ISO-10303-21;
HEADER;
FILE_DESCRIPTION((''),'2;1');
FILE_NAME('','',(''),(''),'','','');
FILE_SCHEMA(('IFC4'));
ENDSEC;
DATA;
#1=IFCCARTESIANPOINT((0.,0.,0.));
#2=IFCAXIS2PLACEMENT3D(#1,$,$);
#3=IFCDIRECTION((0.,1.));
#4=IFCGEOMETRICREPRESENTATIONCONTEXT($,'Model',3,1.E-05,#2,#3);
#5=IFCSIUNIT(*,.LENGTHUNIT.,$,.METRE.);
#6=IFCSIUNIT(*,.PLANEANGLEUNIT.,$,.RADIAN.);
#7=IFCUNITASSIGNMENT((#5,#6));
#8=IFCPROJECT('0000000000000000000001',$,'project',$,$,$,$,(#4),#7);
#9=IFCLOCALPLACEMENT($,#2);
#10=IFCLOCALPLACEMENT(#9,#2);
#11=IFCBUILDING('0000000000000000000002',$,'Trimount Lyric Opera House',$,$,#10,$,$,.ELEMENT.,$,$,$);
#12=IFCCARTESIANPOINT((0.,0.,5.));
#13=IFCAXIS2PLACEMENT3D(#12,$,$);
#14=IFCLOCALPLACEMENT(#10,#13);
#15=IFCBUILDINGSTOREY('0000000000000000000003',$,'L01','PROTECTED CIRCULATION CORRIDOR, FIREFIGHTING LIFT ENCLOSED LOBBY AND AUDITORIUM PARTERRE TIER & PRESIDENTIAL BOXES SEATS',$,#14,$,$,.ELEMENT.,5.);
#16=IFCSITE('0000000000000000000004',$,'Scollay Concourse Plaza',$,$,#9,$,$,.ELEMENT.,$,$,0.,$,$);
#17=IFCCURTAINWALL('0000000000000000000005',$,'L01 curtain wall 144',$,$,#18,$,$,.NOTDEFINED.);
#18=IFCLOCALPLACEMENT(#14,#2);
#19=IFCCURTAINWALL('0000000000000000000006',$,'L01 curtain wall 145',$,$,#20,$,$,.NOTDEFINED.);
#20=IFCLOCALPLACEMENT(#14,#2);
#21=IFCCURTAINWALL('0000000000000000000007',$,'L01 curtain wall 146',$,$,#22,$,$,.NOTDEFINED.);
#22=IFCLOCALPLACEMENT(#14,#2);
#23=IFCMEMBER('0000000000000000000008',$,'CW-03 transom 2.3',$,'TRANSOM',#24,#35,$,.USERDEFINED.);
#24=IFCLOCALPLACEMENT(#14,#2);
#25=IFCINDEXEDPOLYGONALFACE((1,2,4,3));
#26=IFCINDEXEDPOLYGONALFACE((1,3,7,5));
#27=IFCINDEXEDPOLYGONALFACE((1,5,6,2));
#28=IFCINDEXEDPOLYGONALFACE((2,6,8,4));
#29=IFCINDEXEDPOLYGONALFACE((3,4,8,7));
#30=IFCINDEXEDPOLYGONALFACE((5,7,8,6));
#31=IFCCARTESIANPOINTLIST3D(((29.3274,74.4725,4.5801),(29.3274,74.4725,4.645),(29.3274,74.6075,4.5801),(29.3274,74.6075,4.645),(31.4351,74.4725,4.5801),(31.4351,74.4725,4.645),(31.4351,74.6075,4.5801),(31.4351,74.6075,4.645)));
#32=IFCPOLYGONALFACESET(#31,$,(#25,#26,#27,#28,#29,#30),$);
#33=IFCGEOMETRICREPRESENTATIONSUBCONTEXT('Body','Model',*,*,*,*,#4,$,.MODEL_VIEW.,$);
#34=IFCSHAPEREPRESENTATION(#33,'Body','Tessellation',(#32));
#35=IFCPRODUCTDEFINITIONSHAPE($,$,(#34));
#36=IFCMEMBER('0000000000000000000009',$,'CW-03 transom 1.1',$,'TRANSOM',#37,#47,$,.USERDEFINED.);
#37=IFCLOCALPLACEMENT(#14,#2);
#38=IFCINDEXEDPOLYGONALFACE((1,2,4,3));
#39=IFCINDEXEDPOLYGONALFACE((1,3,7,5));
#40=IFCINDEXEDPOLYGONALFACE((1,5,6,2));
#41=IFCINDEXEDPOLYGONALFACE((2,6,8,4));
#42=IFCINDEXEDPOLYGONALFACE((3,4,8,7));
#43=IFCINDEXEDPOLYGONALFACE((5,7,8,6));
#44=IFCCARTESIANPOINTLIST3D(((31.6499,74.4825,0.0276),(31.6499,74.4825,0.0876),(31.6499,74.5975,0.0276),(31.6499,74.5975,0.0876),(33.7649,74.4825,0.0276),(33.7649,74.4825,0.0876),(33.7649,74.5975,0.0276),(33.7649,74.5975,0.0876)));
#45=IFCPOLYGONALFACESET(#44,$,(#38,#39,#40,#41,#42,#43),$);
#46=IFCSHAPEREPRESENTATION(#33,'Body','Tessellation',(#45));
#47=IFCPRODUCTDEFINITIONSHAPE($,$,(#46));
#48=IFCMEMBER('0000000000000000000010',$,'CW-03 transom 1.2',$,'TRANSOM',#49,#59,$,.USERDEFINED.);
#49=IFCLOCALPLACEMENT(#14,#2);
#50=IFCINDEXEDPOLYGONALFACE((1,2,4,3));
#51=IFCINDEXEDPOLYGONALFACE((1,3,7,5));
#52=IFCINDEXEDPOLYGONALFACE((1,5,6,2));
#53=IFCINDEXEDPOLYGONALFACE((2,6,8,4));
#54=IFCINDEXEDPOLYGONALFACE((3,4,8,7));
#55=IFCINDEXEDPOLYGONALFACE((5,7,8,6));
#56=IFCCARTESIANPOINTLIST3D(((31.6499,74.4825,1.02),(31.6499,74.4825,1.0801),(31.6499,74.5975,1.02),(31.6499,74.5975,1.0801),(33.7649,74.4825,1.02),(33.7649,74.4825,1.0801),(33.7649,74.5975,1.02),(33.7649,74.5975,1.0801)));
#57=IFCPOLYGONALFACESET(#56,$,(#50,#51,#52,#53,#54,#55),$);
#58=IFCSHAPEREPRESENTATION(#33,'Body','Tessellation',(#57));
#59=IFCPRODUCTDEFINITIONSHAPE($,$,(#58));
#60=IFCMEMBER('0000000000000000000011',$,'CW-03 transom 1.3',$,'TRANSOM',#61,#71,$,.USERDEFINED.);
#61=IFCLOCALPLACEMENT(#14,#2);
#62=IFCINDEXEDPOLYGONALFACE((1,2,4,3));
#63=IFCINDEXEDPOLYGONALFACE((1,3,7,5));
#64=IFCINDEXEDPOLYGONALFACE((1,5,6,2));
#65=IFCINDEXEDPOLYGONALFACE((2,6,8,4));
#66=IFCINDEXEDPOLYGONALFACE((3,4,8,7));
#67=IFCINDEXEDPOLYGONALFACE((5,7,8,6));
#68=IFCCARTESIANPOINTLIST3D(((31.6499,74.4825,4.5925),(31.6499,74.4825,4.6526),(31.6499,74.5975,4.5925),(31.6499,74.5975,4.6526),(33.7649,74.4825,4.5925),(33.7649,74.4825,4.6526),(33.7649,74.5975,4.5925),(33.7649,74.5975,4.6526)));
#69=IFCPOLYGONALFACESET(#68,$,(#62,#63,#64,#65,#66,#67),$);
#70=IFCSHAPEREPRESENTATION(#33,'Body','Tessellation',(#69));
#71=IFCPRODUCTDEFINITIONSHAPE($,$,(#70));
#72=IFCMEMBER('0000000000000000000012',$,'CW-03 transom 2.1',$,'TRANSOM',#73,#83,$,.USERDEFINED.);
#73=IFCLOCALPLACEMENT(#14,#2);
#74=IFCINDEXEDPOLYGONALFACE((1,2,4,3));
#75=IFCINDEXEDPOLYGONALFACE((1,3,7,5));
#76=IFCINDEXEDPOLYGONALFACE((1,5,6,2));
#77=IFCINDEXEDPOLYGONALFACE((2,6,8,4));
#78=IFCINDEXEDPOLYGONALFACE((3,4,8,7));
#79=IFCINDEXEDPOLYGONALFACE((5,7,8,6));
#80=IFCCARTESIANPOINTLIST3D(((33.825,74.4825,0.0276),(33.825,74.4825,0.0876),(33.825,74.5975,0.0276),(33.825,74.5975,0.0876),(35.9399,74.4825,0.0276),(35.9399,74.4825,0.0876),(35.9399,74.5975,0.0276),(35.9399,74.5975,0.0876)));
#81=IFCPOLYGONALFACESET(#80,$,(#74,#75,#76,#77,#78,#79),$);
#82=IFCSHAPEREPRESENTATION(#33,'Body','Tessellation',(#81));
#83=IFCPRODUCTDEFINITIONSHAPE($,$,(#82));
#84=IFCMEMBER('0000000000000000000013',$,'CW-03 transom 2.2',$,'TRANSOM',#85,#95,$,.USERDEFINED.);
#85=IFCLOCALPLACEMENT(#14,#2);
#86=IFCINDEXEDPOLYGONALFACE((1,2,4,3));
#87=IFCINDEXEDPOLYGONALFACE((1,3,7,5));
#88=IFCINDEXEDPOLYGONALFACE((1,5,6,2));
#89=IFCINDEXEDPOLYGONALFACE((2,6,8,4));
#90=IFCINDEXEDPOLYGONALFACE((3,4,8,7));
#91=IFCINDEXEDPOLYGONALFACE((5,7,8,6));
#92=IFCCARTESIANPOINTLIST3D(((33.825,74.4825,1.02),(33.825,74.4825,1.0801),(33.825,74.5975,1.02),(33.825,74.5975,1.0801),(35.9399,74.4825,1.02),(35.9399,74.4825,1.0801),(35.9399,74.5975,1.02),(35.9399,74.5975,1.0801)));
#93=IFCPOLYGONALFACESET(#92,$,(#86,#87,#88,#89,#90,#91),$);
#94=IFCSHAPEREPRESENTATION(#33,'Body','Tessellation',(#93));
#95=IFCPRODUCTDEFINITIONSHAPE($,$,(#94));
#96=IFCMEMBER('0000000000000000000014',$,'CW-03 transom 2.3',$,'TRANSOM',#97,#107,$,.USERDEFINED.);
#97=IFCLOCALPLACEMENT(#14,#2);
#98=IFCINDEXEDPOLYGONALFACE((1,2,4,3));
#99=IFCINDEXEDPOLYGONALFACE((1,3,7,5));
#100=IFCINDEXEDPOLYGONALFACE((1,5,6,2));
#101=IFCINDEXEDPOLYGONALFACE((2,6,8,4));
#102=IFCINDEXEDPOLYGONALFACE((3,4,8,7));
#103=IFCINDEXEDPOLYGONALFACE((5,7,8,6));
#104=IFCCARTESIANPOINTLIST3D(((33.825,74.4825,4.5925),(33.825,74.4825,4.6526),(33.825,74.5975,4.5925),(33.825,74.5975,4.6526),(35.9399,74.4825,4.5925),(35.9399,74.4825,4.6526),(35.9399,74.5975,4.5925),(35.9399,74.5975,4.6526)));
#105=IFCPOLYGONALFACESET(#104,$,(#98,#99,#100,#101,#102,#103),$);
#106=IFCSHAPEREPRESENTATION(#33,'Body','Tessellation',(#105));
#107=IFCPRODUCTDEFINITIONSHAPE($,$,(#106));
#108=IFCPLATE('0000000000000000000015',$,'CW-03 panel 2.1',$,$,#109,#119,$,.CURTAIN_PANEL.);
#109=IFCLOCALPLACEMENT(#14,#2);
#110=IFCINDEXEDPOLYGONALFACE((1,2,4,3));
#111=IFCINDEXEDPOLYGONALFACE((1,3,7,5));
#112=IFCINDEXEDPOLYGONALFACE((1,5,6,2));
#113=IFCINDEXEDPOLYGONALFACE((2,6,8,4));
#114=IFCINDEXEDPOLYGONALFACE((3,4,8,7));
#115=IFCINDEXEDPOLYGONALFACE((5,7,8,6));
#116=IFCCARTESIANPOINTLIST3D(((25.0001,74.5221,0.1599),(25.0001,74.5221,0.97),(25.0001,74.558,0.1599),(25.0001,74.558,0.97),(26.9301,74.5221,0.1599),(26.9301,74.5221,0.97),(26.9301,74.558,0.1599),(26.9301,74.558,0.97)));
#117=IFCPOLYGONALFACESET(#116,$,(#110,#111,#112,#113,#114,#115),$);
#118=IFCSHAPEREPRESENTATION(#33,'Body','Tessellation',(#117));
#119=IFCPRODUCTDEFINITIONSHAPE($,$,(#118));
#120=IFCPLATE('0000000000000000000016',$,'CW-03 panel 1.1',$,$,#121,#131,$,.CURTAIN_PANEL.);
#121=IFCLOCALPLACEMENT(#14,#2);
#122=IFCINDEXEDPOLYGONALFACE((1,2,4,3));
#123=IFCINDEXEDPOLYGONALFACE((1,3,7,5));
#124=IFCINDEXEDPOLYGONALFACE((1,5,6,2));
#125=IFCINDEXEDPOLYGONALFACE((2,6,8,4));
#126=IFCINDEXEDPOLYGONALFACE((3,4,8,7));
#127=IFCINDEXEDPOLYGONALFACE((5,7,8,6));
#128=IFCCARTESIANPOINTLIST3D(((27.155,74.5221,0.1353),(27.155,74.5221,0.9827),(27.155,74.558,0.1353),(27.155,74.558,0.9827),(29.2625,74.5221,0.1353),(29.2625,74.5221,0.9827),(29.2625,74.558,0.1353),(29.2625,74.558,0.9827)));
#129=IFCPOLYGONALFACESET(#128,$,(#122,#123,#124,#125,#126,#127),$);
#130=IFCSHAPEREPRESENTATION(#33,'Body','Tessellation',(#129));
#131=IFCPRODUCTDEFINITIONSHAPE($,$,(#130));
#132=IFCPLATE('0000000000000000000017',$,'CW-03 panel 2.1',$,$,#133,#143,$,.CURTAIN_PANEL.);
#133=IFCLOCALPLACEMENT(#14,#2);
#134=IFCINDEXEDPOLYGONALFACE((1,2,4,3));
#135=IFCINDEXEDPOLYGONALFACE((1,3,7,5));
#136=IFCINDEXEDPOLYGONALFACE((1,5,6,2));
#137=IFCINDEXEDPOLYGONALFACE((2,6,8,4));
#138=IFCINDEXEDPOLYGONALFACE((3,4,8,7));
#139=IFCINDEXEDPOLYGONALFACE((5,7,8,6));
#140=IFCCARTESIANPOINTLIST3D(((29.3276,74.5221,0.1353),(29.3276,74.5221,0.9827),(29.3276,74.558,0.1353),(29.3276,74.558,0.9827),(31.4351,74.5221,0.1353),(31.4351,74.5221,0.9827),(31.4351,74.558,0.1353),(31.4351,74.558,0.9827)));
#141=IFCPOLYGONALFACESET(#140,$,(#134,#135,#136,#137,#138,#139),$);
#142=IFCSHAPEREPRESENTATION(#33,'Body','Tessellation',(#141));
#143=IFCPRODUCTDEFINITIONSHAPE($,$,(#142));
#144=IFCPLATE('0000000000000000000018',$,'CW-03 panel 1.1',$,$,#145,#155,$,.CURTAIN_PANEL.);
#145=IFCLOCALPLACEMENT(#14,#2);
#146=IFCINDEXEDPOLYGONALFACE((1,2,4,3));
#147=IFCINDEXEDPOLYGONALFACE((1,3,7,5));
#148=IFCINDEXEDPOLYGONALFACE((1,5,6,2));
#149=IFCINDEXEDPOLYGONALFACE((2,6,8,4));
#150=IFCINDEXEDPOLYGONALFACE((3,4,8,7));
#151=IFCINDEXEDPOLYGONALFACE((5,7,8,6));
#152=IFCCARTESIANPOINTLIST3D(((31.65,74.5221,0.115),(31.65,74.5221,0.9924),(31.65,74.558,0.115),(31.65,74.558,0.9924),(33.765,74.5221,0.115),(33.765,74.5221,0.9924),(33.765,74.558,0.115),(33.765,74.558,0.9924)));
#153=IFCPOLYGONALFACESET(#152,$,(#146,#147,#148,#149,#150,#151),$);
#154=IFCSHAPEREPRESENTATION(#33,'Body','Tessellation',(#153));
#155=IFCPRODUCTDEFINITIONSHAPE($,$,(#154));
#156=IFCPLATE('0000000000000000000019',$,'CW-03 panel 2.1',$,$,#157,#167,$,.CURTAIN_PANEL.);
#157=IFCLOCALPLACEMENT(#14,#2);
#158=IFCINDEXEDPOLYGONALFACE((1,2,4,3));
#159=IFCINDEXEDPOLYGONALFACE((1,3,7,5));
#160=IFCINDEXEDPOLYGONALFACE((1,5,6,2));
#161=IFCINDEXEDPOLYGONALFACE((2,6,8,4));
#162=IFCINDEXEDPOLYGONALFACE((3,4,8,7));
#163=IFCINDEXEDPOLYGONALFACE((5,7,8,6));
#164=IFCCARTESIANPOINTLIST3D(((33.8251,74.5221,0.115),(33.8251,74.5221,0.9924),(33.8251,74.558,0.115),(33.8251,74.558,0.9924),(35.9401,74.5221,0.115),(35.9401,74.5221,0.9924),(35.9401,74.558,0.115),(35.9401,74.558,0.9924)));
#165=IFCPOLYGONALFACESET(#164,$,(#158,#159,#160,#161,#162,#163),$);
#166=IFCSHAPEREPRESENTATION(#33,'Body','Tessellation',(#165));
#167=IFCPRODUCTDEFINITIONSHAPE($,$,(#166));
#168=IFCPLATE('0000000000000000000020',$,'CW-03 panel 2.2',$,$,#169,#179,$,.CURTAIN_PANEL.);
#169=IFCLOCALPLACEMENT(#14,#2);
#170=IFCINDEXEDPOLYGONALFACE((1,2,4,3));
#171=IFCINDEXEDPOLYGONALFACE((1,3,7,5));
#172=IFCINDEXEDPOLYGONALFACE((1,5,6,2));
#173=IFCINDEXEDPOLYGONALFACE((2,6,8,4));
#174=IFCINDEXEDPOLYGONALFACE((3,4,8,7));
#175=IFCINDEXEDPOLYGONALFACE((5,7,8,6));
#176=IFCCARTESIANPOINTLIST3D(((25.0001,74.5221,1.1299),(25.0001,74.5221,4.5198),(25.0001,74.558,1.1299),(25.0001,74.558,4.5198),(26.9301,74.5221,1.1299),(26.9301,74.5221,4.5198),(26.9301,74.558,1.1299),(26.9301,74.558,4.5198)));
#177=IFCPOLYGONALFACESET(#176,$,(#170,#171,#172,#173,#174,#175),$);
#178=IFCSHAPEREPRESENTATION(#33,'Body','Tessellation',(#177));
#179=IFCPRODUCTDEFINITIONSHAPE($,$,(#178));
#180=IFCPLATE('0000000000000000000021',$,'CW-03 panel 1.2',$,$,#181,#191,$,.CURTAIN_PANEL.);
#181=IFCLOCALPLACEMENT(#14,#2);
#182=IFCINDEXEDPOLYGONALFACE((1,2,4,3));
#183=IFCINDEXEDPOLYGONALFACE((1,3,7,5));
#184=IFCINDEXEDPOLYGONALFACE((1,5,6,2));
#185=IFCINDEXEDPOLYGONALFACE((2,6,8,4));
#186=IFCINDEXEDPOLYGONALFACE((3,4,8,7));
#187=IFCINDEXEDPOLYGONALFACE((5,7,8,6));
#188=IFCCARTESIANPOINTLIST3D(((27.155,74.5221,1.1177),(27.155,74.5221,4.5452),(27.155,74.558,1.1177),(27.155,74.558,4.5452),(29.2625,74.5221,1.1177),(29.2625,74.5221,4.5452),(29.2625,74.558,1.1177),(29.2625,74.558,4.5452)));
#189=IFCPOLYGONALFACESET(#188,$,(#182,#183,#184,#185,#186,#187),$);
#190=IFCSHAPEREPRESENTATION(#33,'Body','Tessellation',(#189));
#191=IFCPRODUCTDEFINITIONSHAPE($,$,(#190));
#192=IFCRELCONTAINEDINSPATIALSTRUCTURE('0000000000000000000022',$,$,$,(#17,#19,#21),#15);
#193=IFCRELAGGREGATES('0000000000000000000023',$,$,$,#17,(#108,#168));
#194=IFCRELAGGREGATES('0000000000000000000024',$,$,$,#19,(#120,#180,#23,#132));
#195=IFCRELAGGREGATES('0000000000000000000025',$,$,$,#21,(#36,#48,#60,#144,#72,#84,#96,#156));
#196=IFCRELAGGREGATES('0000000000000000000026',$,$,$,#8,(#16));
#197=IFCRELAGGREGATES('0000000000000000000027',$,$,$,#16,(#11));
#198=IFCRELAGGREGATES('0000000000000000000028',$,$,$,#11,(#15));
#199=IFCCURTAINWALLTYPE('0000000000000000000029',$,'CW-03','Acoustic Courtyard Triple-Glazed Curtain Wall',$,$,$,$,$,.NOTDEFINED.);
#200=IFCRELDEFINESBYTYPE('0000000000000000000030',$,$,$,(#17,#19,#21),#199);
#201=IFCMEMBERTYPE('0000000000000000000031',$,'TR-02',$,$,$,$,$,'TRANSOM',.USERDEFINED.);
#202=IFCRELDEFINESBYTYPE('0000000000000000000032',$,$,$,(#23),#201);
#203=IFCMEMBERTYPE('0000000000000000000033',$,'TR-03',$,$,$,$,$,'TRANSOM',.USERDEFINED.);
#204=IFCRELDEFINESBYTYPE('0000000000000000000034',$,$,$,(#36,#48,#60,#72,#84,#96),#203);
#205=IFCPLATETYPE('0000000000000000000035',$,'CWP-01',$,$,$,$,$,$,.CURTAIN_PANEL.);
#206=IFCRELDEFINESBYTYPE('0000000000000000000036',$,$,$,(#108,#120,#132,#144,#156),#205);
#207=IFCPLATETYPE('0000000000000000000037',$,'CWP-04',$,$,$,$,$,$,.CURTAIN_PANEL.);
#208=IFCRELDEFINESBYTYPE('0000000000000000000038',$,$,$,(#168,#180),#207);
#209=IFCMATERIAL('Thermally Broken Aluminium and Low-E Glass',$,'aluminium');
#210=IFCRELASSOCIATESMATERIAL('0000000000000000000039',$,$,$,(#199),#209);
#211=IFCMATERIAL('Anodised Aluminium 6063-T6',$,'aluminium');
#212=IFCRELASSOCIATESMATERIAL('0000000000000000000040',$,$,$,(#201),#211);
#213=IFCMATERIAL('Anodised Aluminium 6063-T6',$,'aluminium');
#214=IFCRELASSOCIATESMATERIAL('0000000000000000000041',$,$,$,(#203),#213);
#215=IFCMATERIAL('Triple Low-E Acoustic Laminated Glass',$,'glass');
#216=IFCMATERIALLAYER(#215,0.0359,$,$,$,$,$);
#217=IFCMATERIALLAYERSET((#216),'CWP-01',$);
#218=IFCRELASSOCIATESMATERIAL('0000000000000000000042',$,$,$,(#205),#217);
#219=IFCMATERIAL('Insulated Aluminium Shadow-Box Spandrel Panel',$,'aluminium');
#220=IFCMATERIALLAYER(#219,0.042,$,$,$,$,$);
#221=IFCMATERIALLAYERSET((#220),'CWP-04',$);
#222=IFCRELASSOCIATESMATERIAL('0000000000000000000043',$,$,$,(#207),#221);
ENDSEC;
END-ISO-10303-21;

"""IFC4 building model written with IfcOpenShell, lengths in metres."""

from ifc_helpers import new_model, si_unit, direction, frame, origin, origin_2d, place, context, subcontext, project, spatial, rectangle, extrude, material, layer, layer_set, material_profile, profile_set, type_object, element, aggregate, save


model = new_model("IFC4")

# Units and contexts
model_context = context("Model", 3, precision=1e-05, world=origin(), true_north=direction((0.0, 1.0)))
body_context = subcontext(model_context, "Body", "Model", "MODEL_VIEW")
ifc_project = project(units=[si_unit("LENGTHUNIT", "METRE"), si_unit("PLANEANGLEUNIT", "RADIAN")], contexts=[model_context])

# Site, building, storey
site_placement = place(None, origin())
site = spatial("IfcSite", under=ifc_project, at=site_placement, Name="Scollay Concourse Plaza", CompositionType="ELEMENT", RefElevation=0.0)
building_placement = place(site_placement, origin())
building = spatial("IfcBuilding", under=site, at=building_placement, Name="Trimount Lyric Opera House", CompositionType="ELEMENT")
storey_placement = place(building_placement, frame((0.0, 0.0, 5.0)))
storey = spatial("IfcBuildingStorey", under=building, at=storey_placement, Name="L01", Description="PROTECTED CIRCULATION CORRIDOR, FIREFIGHTING LIFT ENCLOSED LOBBY AND AUDITORIUM PARTERRE TIER & PRESIDENTIAL BOXES SEATS", CompositionType="ELEMENT", Elevation=5.0)

# Curtain wall
ifc_material_1 = material(Name="Thermally Broken Aluminium and Low-E Glass", Category="aluminium")
curtain_wall_type = type_object("IfcCurtainWallType", Name="CW-03", Description="Acoustic Courtyard Triple-Glazed Curtain Wall", PredefinedType="NOTDEFINED", material=ifc_material_1)
curtain_wall_1_placement = place(storey_placement, origin())
curtain_wall_1 = element("IfcCurtainWall", 1, at=curtain_wall_1_placement, inside=storey, type_object=curtain_wall_type, Name="L01 curtain wall 144", PredefinedType="NOTDEFINED")

# Curtain walls
curtain_wall_2_placement = place(storey_placement, origin())
curtain_wall_2 = element("IfcCurtainWall", 2, at=curtain_wall_2_placement, inside=storey, type_object=curtain_wall_type, Name="L01 curtain wall 145", PredefinedType="NOTDEFINED")
curtain_wall_3_placement = place(storey_placement, origin())
curtain_wall_3 = element("IfcCurtainWall", 3, at=curtain_wall_3_placement, inside=storey, type_object=curtain_wall_type, Name="L01 curtain wall 146", PredefinedType="NOTDEFINED")

# Members
ifc_material_2 = material(Name="Anodised Aluminium 6063-T6", Category="aluminium")
ifc_material_profile_1 = material_profile(ifc_material_2, rectangle(XDim=0.135, YDim=0.0649, at=origin_2d()), Name="ALU-TRAN-65X135")
ifc_profile_set_1 = profile_set([ifc_material_profile_1], Name="Anodised Aluminium 6063-T6")
member_type_1 = type_object("IfcMemberType", Name="TR-02", ElementType="TRANSOM", PredefinedType="USERDEFINED", material=ifc_profile_set_1)
member_1_placement = place(storey_placement, frame((29.3274, 74.54, 4.6125), z_axis=(1.0, 0.0, 0.0), x_axis=(0.0, 1.0, 0.0)))
member_1 = element("IfcMember", 4, at=member_1_placement, type_object=member_type_1, Name="CW-03 transom 2.3", ObjectType="TRANSOM", PredefinedType="USERDEFINED", context=body_context, shape_type="SweptSolid", body=[
    extrude(rectangle(XDim=0.135, YDim=0.0649, at=origin_2d()), origin(), (0.0, 0.0, 1.0), 2.1077),
])
ifc_material_3 = material(Name="Anodised Aluminium 6063-T6", Category="aluminium")
ifc_material_profile_2 = material_profile(ifc_material_3, rectangle(XDim=0.115, YDim=0.0601, at=origin_2d()), Name="ALU-TRAN-60X115")
ifc_profile_set_2 = profile_set([ifc_material_profile_2], Name="Anodised Aluminium 6063-T6")
member_type_2 = type_object("IfcMemberType", Name="TR-03", ElementType="TRANSOM", PredefinedType="USERDEFINED", material=ifc_profile_set_2)
member_2_placement = place(storey_placement, frame((31.6499, 74.54, 0.0576), z_axis=(1.0, 0.0, 0.0), x_axis=(0.0, 1.0, 0.0)))
member_2 = element("IfcMember", 5, at=member_2_placement, type_object=member_type_2, Name="CW-03 transom 1.1", ObjectType="TRANSOM", PredefinedType="USERDEFINED", context=body_context, shape_type="SweptSolid", body=[
    extrude(rectangle(XDim=0.115, YDim=0.0601, at=origin_2d()), origin(), (0.0, 0.0, 1.0), 2.115),
])
member_3_placement = place(storey_placement, frame((31.6499, 74.54, 1.05), z_axis=(1.0, 0.0, 0.0), x_axis=(0.0, 1.0, 0.0)))
member_3 = element("IfcMember", 6, at=member_3_placement, type_object=member_type_2, Name="CW-03 transom 1.2", ObjectType="TRANSOM", PredefinedType="USERDEFINED", context=body_context, shape_type="SweptSolid", body=[
    extrude(rectangle(XDim=0.115, YDim=0.0601, at=origin_2d()), origin(), (0.0, 0.0, 1.0), 2.115),
])
member_4_placement = place(storey_placement, frame((31.6499, 74.54, 4.6226), z_axis=(1.0, 0.0, 0.0), x_axis=(0.0, 1.0, 0.0)))
member_4 = element("IfcMember", 7, at=member_4_placement, type_object=member_type_2, Name="CW-03 transom 1.3", ObjectType="TRANSOM", PredefinedType="USERDEFINED", context=body_context, shape_type="SweptSolid", body=[
    extrude(rectangle(XDim=0.115, YDim=0.0601, at=origin_2d()), origin(), (0.0, 0.0, 1.0), 2.115),
])
member_5_placement = place(storey_placement, frame((33.825, 74.54, 0.0576), z_axis=(1.0, 0.0, 0.0), x_axis=(0.0, 1.0, 0.0)))
member_5 = element("IfcMember", 8, at=member_5_placement, type_object=member_type_2, Name="CW-03 transom 2.1", ObjectType="TRANSOM", PredefinedType="USERDEFINED", context=body_context, shape_type="SweptSolid", body=[
    extrude(rectangle(XDim=0.115, YDim=0.0601, at=origin_2d()), origin(), (0.0, 0.0, 1.0), 2.115),
])
member_6_placement = place(storey_placement, frame((33.825, 74.54, 1.05), z_axis=(1.0, 0.0, 0.0), x_axis=(0.0, 1.0, 0.0)))
member_6 = element("IfcMember", 9, at=member_6_placement, type_object=member_type_2, Name="CW-03 transom 2.2", ObjectType="TRANSOM", PredefinedType="USERDEFINED", context=body_context, shape_type="SweptSolid", body=[
    extrude(rectangle(XDim=0.115, YDim=0.0601, at=origin_2d()), origin(), (0.0, 0.0, 1.0), 2.115),
])
member_7_placement = place(storey_placement, frame((33.825, 74.54, 4.6226), z_axis=(1.0, 0.0, 0.0), x_axis=(0.0, 1.0, 0.0)))
member_7 = element("IfcMember", 10, at=member_7_placement, type_object=member_type_2, Name="CW-03 transom 2.3", ObjectType="TRANSOM", PredefinedType="USERDEFINED", context=body_context, shape_type="SweptSolid", body=[
    extrude(rectangle(XDim=0.115, YDim=0.0601, at=origin_2d()), origin(), (0.0, 0.0, 1.0), 2.115),
])

# Plates
ifc_material_4 = material(Name="Triple Low-E Acoustic Laminated Glass", Category="glass")
ifc_layer_1 = layer(ifc_material_4, 0.0359)
ifc_layer_set_1 = layer_set([ifc_layer_1], Name="CWP-01")
plate_type_1 = type_object("IfcPlateType", Name="CWP-01", PredefinedType="CURTAIN_PANEL", material=ifc_layer_set_1)
plate_1_placement = place(storey_placement, frame((25.9651, 74.54, 0.1599), z_axis=(0.0, 0.0, 1.0), x_axis=(1.0, 0.0, 0.0)))
plate_1 = element("IfcPlate", 11, at=plate_1_placement, type_object=plate_type_1, Name="CW-03 panel 2.1", PredefinedType="CURTAIN_PANEL", context=body_context, shape_type="SweptSolid", body=[
    extrude(rectangle(XDim=1.9299, YDim=0.0359, at=origin_2d()), origin(), (0.0, 0.0, 1.0), 0.8101),
])
plate_2_placement = place(storey_placement, frame((28.2087, 74.54, 0.1353), z_axis=(0.0, 0.0, 1.0), x_axis=(1.0, 0.0, 0.0)))
plate_2 = element("IfcPlate", 12, at=plate_2_placement, type_object=plate_type_1, Name="CW-03 panel 1.1", PredefinedType="CURTAIN_PANEL", context=body_context, shape_type="SweptSolid", body=[
    extrude(rectangle(XDim=2.1074, YDim=0.0359, at=origin_2d()), origin(), (0.0, 0.0, 1.0), 0.8474),
])
plate_3_placement = place(storey_placement, frame((30.3813, 74.54, 0.1353), z_axis=(0.0, 0.0, 1.0), x_axis=(1.0, 0.0, 0.0)))
plate_3 = element("IfcPlate", 13, at=plate_3_placement, type_object=plate_type_1, Name="CW-03 panel 2.1", PredefinedType="CURTAIN_PANEL", context=body_context, shape_type="SweptSolid", body=[
    extrude(rectangle(XDim=2.1074, YDim=0.0359, at=origin_2d()), origin(), (0.0, 0.0, 1.0), 0.8474),
])
plate_4_placement = place(storey_placement, frame((32.7075, 74.54, 0.115), z_axis=(0.0, 0.0, 1.0), x_axis=(1.0, 0.0, 0.0)))
plate_4 = element("IfcPlate", 14, at=plate_4_placement, type_object=plate_type_1, Name="CW-03 panel 1.1", PredefinedType="CURTAIN_PANEL", context=body_context, shape_type="SweptSolid", body=[
    extrude(rectangle(XDim=2.115, YDim=0.0359, at=origin_2d()), origin(), (0.0, 0.0, 1.0), 0.8774),
])
plate_5_placement = place(storey_placement, frame((34.8826, 74.54, 0.115), z_axis=(0.0, 0.0, 1.0), x_axis=(1.0, 0.0, 0.0)))
plate_5 = element("IfcPlate", 15, at=plate_5_placement, type_object=plate_type_1, Name="CW-03 panel 2.1", PredefinedType="CURTAIN_PANEL", context=body_context, shape_type="SweptSolid", body=[
    extrude(rectangle(XDim=2.115, YDim=0.0359, at=origin_2d()), origin(), (0.0, 0.0, 1.0), 0.8774),
])
ifc_material_5 = material(Name="Insulated Aluminium Shadow-Box Spandrel Panel", Category="aluminium")
ifc_layer_2 = layer(ifc_material_5, 0.042)
ifc_layer_set_2 = layer_set([ifc_layer_2], Name="CWP-04")
plate_type_2 = type_object("IfcPlateType", Name="CWP-04", PredefinedType="CURTAIN_PANEL", material=ifc_layer_set_2)
plate_6_placement = place(storey_placement, frame((25.9651, 74.54, 1.1299), z_axis=(0.0, 0.0, 1.0), x_axis=(1.0, 0.0, 0.0)))
plate_6 = element("IfcPlate", 16, at=plate_6_placement, type_object=plate_type_2, Name="CW-03 panel 2.2", PredefinedType="CURTAIN_PANEL", context=body_context, shape_type="SweptSolid", body=[
    extrude(rectangle(XDim=1.9299, YDim=0.0359, at=origin_2d()), origin(), (0.0, 0.0, 1.0), 3.3899),
])
aggregate(curtain_wall_1, [plate_1, plate_6])
plate_7_placement = place(storey_placement, frame((28.2087, 74.54, 1.1177), z_axis=(0.0, 0.0, 1.0), x_axis=(1.0, 0.0, 0.0)))
plate_7 = element("IfcPlate", 17, at=plate_7_placement, type_object=plate_type_2, Name="CW-03 panel 1.2", PredefinedType="CURTAIN_PANEL", context=body_context, shape_type="SweptSolid", body=[
    extrude(rectangle(XDim=2.1074, YDim=0.0359, at=origin_2d()), origin(), (0.0, 0.0, 1.0), 3.4275),
])
aggregate(curtain_wall_2, [plate_2, plate_7, member_1, plate_3])
aggregate(curtain_wall_3, [member_2, member_3, member_4, plate_4, member_5, member_6, member_7, plate_5])

save(model, "model.ifc")
